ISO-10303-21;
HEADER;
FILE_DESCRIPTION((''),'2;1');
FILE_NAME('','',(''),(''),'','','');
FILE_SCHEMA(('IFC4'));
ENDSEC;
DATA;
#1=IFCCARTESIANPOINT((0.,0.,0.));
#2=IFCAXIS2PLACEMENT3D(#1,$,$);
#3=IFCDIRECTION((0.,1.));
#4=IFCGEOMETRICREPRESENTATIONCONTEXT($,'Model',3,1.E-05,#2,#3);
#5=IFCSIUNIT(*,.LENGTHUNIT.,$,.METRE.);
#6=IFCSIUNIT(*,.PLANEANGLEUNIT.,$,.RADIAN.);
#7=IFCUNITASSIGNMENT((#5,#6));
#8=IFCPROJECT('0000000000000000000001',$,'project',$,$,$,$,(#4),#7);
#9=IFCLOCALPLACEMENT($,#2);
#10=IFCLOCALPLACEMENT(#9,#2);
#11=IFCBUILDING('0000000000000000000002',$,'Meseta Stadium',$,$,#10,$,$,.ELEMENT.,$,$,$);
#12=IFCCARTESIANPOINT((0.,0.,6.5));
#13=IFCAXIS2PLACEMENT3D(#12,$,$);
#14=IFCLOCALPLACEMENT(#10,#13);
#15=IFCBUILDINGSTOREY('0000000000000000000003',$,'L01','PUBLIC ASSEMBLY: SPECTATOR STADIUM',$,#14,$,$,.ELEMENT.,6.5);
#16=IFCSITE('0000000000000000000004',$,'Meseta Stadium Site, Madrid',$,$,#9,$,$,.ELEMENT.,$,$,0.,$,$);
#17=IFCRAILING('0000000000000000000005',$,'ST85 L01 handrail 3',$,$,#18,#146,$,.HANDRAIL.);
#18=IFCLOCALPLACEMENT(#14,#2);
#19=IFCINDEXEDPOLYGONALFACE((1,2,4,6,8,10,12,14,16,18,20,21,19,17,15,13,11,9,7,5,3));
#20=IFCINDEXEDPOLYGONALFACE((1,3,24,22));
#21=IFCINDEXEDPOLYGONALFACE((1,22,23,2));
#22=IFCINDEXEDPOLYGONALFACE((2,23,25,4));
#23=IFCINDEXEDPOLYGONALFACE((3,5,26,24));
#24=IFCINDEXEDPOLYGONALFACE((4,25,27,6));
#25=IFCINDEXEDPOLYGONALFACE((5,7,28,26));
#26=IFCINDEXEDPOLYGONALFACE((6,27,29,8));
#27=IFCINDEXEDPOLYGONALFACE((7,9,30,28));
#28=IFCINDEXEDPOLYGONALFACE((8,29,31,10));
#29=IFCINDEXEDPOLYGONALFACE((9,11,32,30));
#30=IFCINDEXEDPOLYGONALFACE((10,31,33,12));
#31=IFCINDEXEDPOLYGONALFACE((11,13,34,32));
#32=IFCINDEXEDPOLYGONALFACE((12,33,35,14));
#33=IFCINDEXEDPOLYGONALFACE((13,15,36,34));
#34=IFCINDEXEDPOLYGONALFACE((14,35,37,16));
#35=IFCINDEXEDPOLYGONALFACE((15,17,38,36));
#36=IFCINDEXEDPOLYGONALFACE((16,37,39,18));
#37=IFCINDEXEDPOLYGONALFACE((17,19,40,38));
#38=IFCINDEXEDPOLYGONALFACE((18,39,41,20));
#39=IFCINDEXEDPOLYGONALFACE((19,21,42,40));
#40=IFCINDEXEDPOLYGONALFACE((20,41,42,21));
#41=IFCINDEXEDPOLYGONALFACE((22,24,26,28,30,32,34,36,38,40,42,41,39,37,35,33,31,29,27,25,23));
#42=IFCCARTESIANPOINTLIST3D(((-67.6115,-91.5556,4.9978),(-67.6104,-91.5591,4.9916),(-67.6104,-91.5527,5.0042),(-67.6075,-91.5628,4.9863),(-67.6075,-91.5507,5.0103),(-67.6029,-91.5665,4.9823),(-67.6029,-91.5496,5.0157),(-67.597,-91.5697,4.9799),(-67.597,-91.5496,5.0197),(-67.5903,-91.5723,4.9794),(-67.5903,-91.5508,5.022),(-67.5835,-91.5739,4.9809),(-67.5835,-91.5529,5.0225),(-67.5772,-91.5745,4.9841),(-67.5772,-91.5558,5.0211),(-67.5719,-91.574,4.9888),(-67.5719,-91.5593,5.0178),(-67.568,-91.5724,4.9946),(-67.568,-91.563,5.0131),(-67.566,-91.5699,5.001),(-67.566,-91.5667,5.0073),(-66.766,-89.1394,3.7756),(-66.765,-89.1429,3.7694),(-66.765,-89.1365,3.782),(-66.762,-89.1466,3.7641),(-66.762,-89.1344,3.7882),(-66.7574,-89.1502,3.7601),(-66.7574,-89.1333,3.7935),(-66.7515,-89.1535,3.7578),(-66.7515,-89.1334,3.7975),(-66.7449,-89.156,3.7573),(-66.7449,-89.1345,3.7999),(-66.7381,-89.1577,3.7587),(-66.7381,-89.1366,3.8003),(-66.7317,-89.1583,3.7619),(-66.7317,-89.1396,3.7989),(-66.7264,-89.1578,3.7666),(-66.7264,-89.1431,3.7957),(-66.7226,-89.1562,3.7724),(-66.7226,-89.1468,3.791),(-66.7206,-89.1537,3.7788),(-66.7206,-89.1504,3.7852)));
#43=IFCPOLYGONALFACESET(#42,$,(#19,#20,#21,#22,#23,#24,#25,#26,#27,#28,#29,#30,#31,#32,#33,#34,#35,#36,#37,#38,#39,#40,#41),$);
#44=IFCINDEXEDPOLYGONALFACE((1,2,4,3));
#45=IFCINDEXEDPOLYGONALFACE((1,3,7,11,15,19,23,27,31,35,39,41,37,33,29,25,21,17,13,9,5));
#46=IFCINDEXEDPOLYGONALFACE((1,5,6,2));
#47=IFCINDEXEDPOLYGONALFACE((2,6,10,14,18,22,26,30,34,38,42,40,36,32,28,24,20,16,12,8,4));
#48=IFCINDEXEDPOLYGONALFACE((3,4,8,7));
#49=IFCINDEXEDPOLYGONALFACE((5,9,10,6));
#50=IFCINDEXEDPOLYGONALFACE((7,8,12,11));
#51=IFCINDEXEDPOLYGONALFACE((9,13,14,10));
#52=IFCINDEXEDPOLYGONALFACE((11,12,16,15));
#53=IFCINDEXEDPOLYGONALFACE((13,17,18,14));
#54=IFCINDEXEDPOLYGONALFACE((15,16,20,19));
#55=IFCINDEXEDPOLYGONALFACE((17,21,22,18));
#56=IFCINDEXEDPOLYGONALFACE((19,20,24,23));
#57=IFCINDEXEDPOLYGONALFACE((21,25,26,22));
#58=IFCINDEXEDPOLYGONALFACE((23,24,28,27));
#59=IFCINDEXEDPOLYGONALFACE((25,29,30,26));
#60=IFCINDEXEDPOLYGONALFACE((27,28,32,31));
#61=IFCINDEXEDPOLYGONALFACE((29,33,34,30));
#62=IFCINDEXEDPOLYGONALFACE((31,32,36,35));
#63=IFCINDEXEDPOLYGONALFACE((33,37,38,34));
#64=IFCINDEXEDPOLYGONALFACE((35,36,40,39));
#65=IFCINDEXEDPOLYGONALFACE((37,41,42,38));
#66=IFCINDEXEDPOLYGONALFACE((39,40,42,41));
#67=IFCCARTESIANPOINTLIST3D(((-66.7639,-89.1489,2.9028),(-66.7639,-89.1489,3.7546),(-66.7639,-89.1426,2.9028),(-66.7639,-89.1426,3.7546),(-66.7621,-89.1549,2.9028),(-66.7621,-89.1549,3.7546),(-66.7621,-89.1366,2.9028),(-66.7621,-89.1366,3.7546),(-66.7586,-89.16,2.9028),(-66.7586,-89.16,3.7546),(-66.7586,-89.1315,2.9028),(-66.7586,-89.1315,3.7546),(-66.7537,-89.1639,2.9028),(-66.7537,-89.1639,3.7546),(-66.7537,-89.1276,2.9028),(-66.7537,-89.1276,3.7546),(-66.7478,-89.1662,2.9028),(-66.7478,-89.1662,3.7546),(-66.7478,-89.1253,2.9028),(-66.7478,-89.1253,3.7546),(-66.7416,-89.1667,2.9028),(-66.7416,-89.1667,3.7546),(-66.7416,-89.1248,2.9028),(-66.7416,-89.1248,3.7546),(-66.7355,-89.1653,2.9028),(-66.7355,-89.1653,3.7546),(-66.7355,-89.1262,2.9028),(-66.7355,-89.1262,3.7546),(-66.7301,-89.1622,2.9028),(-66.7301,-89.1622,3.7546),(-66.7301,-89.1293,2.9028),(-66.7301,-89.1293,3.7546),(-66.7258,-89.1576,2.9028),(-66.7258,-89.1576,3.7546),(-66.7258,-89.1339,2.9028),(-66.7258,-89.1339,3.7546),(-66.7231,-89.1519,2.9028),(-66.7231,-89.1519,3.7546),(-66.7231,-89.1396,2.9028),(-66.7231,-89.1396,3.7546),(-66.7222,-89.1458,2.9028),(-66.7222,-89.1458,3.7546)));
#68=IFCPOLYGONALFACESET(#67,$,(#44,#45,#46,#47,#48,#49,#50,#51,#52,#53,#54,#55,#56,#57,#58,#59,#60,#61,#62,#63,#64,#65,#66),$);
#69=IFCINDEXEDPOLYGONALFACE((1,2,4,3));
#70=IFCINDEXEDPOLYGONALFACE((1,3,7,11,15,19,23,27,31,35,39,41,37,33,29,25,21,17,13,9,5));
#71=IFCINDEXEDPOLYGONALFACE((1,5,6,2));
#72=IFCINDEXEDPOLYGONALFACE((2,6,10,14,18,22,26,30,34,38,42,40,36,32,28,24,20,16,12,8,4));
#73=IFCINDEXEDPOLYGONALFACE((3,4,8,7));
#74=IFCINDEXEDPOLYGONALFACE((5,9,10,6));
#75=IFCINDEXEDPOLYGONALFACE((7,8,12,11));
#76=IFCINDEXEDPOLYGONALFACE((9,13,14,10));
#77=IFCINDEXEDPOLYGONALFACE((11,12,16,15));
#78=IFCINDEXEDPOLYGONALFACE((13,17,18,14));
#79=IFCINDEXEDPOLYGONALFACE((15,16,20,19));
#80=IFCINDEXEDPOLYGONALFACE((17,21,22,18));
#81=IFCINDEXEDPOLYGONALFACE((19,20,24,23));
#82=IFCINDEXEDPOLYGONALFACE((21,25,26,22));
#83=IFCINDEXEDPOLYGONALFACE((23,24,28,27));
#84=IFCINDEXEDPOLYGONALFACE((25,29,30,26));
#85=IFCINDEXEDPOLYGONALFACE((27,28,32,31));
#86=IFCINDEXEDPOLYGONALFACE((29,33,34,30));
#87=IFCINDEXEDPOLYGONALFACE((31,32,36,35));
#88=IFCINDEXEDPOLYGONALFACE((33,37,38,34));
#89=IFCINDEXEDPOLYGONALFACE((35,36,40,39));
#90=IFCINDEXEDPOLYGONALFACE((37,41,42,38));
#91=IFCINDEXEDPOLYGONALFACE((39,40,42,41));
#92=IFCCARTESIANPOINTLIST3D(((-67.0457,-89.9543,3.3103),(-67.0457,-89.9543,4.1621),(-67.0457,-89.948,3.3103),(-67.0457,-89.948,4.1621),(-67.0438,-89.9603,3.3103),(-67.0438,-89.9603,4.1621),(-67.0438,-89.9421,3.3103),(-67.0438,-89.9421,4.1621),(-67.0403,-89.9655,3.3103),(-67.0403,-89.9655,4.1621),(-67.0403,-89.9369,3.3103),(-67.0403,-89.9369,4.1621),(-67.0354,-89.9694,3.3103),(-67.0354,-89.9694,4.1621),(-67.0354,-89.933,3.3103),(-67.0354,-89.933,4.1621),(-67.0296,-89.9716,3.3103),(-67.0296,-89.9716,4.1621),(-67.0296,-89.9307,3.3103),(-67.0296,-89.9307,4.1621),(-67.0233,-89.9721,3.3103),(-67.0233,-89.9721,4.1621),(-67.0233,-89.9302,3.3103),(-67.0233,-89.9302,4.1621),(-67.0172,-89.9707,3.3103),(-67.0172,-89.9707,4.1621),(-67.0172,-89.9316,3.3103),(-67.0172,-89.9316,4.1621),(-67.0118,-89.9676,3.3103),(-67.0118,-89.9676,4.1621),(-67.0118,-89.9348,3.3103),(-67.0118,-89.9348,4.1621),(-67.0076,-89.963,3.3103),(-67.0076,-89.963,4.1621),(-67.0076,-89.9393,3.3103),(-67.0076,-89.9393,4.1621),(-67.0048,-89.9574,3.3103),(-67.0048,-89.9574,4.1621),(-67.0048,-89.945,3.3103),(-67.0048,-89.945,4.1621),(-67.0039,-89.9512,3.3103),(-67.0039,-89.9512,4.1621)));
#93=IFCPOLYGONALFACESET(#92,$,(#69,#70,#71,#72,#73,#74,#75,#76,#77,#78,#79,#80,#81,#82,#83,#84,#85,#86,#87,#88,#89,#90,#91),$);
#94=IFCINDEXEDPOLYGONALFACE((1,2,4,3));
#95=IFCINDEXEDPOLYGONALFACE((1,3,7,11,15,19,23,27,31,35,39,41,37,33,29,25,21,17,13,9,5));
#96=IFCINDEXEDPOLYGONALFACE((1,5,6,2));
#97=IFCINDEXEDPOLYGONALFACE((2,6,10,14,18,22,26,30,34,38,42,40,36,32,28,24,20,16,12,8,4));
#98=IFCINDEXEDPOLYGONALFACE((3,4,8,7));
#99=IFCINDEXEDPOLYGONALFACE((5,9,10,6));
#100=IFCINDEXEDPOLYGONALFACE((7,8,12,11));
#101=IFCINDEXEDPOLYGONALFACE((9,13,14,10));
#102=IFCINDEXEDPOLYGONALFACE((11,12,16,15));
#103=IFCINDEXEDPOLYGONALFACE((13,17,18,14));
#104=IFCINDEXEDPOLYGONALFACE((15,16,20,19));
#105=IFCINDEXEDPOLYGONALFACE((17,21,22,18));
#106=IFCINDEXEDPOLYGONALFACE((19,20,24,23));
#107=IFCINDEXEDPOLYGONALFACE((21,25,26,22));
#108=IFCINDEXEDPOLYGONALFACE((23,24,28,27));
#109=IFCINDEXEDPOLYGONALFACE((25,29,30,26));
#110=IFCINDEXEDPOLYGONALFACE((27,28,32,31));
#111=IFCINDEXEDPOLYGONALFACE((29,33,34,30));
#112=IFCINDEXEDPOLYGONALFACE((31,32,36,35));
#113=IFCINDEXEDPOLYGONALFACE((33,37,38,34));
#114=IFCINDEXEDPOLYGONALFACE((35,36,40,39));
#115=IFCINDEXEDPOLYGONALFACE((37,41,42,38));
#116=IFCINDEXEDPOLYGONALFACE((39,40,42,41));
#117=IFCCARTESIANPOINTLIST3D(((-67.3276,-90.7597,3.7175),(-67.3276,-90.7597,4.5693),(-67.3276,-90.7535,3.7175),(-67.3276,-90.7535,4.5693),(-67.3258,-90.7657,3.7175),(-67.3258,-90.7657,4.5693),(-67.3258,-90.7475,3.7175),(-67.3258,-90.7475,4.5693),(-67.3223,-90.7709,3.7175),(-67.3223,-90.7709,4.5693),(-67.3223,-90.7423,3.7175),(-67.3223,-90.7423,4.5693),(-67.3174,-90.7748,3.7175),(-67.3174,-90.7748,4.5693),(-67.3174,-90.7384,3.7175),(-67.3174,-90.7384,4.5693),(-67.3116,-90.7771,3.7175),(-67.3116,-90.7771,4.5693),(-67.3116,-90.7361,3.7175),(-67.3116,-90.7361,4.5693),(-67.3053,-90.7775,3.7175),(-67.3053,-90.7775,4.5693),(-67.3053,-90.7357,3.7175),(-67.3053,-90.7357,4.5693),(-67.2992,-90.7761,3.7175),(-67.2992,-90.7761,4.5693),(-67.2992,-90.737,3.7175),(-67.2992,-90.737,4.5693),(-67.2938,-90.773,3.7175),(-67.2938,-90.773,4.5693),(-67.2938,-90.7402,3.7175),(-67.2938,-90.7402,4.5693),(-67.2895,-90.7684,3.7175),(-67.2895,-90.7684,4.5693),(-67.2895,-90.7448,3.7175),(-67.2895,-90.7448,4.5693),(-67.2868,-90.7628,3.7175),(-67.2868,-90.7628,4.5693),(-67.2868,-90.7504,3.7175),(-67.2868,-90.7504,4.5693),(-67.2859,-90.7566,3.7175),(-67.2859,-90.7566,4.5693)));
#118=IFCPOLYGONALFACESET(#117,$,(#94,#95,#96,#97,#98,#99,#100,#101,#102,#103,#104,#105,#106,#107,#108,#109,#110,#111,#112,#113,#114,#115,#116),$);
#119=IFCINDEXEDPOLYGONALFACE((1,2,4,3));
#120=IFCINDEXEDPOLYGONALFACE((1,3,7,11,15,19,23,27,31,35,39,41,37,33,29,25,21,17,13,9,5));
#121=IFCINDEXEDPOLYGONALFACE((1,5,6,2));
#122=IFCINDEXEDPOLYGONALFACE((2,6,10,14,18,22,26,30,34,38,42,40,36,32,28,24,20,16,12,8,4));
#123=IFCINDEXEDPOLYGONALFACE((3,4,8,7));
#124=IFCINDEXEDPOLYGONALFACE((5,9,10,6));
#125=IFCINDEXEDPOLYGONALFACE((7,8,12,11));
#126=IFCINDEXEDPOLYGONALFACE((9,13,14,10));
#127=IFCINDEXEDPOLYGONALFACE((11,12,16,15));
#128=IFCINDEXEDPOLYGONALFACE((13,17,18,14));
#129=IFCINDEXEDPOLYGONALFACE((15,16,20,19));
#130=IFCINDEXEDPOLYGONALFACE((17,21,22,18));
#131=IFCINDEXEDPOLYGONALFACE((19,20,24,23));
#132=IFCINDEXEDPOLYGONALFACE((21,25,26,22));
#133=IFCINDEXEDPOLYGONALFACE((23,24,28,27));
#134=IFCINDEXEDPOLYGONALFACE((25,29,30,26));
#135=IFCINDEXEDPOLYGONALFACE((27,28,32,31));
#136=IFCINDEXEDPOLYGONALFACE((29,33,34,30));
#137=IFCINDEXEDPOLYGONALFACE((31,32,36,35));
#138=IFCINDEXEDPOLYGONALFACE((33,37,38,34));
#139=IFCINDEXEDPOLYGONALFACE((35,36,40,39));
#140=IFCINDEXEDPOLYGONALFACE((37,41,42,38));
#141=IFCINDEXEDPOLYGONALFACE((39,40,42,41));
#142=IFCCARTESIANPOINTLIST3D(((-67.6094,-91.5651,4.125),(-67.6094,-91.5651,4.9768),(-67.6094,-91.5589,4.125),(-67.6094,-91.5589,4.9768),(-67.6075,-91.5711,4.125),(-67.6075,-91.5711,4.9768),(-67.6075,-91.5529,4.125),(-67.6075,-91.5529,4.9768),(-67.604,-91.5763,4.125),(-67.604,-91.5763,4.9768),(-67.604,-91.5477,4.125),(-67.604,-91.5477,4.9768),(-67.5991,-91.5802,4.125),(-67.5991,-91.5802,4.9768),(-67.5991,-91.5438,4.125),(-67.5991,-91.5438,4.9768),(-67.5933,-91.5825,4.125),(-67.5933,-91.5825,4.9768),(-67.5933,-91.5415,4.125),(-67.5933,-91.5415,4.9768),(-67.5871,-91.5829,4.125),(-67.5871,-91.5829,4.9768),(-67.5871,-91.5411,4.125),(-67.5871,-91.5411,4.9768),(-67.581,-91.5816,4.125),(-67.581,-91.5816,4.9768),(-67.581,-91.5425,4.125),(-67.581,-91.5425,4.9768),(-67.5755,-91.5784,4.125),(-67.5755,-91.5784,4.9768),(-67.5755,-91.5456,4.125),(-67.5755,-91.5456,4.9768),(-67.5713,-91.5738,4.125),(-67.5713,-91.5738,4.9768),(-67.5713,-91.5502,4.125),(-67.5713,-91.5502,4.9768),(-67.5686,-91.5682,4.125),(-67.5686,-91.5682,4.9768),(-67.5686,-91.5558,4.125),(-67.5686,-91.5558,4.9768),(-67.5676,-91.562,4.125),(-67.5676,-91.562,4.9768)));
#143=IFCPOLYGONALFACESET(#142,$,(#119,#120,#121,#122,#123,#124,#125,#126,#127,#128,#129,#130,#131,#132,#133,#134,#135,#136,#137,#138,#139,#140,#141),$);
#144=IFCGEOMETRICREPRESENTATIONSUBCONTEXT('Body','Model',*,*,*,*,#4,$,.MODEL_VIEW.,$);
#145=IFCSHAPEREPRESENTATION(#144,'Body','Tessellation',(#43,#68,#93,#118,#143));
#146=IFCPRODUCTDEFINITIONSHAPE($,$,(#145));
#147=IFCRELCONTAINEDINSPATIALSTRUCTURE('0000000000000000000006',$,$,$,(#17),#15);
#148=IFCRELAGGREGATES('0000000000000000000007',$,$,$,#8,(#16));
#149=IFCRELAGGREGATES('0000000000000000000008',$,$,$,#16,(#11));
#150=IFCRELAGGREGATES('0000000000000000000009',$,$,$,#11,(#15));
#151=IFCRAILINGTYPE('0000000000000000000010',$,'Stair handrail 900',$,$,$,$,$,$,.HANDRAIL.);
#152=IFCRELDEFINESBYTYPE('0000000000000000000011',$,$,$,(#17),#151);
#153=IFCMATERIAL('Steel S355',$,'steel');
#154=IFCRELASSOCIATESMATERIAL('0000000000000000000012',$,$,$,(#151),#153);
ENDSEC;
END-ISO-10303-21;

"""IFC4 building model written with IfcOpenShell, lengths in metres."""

from ifc_helpers import new_model, si_unit, direction, frame, origin, origin_2d, place, context, subcontext, project, spatial, circle, extrude, material, type_object, element, save


model = new_model("IFC4")

# Units and contexts
model_context = context("Model", 3, precision=1e-05, world=origin(), true_north=direction((0.0, 1.0)))
body_context = subcontext(model_context, "Body", "Model", "MODEL_VIEW")
ifc_project = project(units=[si_unit("LENGTHUNIT", "METRE"), si_unit("PLANEANGLEUNIT", "RADIAN")], contexts=[model_context])

# Site, building, storey
site_placement = place(None, origin())
site = spatial("IfcSite", under=ifc_project, at=site_placement, Name="Meseta Stadium Site, Madrid", CompositionType="ELEMENT", RefElevation=0.0)
building_placement = place(site_placement, origin())
building = spatial("IfcBuilding", under=site, at=building_placement, Name="Meseta Stadium", CompositionType="ELEMENT")
storey_placement = place(building_placement, frame((0.0, 0.0, 6.5)))
storey = spatial("IfcBuildingStorey", under=building, at=storey_placement, Name="L01", Description="PUBLIC ASSEMBLY: SPECTATOR STADIUM", CompositionType="ELEMENT", Elevation=6.5)

# Railing
ifc_material_1 = material(Name="Steel S355", Category="steel")
railing_type_1 = type_object("IfcRailingType", Name="Stair handrail 900", PredefinedType="HANDRAIL", material=ifc_material_1)
for number, where, name in (
    (1, (-66.7432, -89.1458, 2.9028), "ST85 L01 handrail 3"),
):
    element("IfcRailing", number, at=place(storey_placement, frame(where)), inside=storey, type_object=railing_type_1, Name=name, PredefinedType="HANDRAIL", context=body_context, shape_type="SweptSolid", body=[
        extrude(circle(Radius=0.0239, at=origin_2d()), frame((0.0, 0.0, 0.876), z_axis=(-0.298044, -0.851789, 0.430843), x_axis=(0.943887, -0.33027, 0.0)), (0.0, 0.0, 1.0), 2.8367),
        extrude(circle(Radius=0.021, at=origin_2d()), origin(), (0.0, 0.0, 1.0), 0.8518),
        extrude(circle(Radius=0.021, at=origin_2d()), frame((-0.2817, -0.8054, 0.4075)), (0.0, 0.0, 1.0), 0.8518),
        extrude(circle(Radius=0.021, at=origin_2d()), frame((-0.5637, -1.6108, 0.8147)), (0.0, 0.0, 1.0), 0.8518),
        extrude(circle(Radius=0.021, at=origin_2d()), frame((-0.8455, -2.4163, 1.2222)), (0.0, 0.0, 1.0), 0.8518),
    ])

save(model, "model.ifc")
